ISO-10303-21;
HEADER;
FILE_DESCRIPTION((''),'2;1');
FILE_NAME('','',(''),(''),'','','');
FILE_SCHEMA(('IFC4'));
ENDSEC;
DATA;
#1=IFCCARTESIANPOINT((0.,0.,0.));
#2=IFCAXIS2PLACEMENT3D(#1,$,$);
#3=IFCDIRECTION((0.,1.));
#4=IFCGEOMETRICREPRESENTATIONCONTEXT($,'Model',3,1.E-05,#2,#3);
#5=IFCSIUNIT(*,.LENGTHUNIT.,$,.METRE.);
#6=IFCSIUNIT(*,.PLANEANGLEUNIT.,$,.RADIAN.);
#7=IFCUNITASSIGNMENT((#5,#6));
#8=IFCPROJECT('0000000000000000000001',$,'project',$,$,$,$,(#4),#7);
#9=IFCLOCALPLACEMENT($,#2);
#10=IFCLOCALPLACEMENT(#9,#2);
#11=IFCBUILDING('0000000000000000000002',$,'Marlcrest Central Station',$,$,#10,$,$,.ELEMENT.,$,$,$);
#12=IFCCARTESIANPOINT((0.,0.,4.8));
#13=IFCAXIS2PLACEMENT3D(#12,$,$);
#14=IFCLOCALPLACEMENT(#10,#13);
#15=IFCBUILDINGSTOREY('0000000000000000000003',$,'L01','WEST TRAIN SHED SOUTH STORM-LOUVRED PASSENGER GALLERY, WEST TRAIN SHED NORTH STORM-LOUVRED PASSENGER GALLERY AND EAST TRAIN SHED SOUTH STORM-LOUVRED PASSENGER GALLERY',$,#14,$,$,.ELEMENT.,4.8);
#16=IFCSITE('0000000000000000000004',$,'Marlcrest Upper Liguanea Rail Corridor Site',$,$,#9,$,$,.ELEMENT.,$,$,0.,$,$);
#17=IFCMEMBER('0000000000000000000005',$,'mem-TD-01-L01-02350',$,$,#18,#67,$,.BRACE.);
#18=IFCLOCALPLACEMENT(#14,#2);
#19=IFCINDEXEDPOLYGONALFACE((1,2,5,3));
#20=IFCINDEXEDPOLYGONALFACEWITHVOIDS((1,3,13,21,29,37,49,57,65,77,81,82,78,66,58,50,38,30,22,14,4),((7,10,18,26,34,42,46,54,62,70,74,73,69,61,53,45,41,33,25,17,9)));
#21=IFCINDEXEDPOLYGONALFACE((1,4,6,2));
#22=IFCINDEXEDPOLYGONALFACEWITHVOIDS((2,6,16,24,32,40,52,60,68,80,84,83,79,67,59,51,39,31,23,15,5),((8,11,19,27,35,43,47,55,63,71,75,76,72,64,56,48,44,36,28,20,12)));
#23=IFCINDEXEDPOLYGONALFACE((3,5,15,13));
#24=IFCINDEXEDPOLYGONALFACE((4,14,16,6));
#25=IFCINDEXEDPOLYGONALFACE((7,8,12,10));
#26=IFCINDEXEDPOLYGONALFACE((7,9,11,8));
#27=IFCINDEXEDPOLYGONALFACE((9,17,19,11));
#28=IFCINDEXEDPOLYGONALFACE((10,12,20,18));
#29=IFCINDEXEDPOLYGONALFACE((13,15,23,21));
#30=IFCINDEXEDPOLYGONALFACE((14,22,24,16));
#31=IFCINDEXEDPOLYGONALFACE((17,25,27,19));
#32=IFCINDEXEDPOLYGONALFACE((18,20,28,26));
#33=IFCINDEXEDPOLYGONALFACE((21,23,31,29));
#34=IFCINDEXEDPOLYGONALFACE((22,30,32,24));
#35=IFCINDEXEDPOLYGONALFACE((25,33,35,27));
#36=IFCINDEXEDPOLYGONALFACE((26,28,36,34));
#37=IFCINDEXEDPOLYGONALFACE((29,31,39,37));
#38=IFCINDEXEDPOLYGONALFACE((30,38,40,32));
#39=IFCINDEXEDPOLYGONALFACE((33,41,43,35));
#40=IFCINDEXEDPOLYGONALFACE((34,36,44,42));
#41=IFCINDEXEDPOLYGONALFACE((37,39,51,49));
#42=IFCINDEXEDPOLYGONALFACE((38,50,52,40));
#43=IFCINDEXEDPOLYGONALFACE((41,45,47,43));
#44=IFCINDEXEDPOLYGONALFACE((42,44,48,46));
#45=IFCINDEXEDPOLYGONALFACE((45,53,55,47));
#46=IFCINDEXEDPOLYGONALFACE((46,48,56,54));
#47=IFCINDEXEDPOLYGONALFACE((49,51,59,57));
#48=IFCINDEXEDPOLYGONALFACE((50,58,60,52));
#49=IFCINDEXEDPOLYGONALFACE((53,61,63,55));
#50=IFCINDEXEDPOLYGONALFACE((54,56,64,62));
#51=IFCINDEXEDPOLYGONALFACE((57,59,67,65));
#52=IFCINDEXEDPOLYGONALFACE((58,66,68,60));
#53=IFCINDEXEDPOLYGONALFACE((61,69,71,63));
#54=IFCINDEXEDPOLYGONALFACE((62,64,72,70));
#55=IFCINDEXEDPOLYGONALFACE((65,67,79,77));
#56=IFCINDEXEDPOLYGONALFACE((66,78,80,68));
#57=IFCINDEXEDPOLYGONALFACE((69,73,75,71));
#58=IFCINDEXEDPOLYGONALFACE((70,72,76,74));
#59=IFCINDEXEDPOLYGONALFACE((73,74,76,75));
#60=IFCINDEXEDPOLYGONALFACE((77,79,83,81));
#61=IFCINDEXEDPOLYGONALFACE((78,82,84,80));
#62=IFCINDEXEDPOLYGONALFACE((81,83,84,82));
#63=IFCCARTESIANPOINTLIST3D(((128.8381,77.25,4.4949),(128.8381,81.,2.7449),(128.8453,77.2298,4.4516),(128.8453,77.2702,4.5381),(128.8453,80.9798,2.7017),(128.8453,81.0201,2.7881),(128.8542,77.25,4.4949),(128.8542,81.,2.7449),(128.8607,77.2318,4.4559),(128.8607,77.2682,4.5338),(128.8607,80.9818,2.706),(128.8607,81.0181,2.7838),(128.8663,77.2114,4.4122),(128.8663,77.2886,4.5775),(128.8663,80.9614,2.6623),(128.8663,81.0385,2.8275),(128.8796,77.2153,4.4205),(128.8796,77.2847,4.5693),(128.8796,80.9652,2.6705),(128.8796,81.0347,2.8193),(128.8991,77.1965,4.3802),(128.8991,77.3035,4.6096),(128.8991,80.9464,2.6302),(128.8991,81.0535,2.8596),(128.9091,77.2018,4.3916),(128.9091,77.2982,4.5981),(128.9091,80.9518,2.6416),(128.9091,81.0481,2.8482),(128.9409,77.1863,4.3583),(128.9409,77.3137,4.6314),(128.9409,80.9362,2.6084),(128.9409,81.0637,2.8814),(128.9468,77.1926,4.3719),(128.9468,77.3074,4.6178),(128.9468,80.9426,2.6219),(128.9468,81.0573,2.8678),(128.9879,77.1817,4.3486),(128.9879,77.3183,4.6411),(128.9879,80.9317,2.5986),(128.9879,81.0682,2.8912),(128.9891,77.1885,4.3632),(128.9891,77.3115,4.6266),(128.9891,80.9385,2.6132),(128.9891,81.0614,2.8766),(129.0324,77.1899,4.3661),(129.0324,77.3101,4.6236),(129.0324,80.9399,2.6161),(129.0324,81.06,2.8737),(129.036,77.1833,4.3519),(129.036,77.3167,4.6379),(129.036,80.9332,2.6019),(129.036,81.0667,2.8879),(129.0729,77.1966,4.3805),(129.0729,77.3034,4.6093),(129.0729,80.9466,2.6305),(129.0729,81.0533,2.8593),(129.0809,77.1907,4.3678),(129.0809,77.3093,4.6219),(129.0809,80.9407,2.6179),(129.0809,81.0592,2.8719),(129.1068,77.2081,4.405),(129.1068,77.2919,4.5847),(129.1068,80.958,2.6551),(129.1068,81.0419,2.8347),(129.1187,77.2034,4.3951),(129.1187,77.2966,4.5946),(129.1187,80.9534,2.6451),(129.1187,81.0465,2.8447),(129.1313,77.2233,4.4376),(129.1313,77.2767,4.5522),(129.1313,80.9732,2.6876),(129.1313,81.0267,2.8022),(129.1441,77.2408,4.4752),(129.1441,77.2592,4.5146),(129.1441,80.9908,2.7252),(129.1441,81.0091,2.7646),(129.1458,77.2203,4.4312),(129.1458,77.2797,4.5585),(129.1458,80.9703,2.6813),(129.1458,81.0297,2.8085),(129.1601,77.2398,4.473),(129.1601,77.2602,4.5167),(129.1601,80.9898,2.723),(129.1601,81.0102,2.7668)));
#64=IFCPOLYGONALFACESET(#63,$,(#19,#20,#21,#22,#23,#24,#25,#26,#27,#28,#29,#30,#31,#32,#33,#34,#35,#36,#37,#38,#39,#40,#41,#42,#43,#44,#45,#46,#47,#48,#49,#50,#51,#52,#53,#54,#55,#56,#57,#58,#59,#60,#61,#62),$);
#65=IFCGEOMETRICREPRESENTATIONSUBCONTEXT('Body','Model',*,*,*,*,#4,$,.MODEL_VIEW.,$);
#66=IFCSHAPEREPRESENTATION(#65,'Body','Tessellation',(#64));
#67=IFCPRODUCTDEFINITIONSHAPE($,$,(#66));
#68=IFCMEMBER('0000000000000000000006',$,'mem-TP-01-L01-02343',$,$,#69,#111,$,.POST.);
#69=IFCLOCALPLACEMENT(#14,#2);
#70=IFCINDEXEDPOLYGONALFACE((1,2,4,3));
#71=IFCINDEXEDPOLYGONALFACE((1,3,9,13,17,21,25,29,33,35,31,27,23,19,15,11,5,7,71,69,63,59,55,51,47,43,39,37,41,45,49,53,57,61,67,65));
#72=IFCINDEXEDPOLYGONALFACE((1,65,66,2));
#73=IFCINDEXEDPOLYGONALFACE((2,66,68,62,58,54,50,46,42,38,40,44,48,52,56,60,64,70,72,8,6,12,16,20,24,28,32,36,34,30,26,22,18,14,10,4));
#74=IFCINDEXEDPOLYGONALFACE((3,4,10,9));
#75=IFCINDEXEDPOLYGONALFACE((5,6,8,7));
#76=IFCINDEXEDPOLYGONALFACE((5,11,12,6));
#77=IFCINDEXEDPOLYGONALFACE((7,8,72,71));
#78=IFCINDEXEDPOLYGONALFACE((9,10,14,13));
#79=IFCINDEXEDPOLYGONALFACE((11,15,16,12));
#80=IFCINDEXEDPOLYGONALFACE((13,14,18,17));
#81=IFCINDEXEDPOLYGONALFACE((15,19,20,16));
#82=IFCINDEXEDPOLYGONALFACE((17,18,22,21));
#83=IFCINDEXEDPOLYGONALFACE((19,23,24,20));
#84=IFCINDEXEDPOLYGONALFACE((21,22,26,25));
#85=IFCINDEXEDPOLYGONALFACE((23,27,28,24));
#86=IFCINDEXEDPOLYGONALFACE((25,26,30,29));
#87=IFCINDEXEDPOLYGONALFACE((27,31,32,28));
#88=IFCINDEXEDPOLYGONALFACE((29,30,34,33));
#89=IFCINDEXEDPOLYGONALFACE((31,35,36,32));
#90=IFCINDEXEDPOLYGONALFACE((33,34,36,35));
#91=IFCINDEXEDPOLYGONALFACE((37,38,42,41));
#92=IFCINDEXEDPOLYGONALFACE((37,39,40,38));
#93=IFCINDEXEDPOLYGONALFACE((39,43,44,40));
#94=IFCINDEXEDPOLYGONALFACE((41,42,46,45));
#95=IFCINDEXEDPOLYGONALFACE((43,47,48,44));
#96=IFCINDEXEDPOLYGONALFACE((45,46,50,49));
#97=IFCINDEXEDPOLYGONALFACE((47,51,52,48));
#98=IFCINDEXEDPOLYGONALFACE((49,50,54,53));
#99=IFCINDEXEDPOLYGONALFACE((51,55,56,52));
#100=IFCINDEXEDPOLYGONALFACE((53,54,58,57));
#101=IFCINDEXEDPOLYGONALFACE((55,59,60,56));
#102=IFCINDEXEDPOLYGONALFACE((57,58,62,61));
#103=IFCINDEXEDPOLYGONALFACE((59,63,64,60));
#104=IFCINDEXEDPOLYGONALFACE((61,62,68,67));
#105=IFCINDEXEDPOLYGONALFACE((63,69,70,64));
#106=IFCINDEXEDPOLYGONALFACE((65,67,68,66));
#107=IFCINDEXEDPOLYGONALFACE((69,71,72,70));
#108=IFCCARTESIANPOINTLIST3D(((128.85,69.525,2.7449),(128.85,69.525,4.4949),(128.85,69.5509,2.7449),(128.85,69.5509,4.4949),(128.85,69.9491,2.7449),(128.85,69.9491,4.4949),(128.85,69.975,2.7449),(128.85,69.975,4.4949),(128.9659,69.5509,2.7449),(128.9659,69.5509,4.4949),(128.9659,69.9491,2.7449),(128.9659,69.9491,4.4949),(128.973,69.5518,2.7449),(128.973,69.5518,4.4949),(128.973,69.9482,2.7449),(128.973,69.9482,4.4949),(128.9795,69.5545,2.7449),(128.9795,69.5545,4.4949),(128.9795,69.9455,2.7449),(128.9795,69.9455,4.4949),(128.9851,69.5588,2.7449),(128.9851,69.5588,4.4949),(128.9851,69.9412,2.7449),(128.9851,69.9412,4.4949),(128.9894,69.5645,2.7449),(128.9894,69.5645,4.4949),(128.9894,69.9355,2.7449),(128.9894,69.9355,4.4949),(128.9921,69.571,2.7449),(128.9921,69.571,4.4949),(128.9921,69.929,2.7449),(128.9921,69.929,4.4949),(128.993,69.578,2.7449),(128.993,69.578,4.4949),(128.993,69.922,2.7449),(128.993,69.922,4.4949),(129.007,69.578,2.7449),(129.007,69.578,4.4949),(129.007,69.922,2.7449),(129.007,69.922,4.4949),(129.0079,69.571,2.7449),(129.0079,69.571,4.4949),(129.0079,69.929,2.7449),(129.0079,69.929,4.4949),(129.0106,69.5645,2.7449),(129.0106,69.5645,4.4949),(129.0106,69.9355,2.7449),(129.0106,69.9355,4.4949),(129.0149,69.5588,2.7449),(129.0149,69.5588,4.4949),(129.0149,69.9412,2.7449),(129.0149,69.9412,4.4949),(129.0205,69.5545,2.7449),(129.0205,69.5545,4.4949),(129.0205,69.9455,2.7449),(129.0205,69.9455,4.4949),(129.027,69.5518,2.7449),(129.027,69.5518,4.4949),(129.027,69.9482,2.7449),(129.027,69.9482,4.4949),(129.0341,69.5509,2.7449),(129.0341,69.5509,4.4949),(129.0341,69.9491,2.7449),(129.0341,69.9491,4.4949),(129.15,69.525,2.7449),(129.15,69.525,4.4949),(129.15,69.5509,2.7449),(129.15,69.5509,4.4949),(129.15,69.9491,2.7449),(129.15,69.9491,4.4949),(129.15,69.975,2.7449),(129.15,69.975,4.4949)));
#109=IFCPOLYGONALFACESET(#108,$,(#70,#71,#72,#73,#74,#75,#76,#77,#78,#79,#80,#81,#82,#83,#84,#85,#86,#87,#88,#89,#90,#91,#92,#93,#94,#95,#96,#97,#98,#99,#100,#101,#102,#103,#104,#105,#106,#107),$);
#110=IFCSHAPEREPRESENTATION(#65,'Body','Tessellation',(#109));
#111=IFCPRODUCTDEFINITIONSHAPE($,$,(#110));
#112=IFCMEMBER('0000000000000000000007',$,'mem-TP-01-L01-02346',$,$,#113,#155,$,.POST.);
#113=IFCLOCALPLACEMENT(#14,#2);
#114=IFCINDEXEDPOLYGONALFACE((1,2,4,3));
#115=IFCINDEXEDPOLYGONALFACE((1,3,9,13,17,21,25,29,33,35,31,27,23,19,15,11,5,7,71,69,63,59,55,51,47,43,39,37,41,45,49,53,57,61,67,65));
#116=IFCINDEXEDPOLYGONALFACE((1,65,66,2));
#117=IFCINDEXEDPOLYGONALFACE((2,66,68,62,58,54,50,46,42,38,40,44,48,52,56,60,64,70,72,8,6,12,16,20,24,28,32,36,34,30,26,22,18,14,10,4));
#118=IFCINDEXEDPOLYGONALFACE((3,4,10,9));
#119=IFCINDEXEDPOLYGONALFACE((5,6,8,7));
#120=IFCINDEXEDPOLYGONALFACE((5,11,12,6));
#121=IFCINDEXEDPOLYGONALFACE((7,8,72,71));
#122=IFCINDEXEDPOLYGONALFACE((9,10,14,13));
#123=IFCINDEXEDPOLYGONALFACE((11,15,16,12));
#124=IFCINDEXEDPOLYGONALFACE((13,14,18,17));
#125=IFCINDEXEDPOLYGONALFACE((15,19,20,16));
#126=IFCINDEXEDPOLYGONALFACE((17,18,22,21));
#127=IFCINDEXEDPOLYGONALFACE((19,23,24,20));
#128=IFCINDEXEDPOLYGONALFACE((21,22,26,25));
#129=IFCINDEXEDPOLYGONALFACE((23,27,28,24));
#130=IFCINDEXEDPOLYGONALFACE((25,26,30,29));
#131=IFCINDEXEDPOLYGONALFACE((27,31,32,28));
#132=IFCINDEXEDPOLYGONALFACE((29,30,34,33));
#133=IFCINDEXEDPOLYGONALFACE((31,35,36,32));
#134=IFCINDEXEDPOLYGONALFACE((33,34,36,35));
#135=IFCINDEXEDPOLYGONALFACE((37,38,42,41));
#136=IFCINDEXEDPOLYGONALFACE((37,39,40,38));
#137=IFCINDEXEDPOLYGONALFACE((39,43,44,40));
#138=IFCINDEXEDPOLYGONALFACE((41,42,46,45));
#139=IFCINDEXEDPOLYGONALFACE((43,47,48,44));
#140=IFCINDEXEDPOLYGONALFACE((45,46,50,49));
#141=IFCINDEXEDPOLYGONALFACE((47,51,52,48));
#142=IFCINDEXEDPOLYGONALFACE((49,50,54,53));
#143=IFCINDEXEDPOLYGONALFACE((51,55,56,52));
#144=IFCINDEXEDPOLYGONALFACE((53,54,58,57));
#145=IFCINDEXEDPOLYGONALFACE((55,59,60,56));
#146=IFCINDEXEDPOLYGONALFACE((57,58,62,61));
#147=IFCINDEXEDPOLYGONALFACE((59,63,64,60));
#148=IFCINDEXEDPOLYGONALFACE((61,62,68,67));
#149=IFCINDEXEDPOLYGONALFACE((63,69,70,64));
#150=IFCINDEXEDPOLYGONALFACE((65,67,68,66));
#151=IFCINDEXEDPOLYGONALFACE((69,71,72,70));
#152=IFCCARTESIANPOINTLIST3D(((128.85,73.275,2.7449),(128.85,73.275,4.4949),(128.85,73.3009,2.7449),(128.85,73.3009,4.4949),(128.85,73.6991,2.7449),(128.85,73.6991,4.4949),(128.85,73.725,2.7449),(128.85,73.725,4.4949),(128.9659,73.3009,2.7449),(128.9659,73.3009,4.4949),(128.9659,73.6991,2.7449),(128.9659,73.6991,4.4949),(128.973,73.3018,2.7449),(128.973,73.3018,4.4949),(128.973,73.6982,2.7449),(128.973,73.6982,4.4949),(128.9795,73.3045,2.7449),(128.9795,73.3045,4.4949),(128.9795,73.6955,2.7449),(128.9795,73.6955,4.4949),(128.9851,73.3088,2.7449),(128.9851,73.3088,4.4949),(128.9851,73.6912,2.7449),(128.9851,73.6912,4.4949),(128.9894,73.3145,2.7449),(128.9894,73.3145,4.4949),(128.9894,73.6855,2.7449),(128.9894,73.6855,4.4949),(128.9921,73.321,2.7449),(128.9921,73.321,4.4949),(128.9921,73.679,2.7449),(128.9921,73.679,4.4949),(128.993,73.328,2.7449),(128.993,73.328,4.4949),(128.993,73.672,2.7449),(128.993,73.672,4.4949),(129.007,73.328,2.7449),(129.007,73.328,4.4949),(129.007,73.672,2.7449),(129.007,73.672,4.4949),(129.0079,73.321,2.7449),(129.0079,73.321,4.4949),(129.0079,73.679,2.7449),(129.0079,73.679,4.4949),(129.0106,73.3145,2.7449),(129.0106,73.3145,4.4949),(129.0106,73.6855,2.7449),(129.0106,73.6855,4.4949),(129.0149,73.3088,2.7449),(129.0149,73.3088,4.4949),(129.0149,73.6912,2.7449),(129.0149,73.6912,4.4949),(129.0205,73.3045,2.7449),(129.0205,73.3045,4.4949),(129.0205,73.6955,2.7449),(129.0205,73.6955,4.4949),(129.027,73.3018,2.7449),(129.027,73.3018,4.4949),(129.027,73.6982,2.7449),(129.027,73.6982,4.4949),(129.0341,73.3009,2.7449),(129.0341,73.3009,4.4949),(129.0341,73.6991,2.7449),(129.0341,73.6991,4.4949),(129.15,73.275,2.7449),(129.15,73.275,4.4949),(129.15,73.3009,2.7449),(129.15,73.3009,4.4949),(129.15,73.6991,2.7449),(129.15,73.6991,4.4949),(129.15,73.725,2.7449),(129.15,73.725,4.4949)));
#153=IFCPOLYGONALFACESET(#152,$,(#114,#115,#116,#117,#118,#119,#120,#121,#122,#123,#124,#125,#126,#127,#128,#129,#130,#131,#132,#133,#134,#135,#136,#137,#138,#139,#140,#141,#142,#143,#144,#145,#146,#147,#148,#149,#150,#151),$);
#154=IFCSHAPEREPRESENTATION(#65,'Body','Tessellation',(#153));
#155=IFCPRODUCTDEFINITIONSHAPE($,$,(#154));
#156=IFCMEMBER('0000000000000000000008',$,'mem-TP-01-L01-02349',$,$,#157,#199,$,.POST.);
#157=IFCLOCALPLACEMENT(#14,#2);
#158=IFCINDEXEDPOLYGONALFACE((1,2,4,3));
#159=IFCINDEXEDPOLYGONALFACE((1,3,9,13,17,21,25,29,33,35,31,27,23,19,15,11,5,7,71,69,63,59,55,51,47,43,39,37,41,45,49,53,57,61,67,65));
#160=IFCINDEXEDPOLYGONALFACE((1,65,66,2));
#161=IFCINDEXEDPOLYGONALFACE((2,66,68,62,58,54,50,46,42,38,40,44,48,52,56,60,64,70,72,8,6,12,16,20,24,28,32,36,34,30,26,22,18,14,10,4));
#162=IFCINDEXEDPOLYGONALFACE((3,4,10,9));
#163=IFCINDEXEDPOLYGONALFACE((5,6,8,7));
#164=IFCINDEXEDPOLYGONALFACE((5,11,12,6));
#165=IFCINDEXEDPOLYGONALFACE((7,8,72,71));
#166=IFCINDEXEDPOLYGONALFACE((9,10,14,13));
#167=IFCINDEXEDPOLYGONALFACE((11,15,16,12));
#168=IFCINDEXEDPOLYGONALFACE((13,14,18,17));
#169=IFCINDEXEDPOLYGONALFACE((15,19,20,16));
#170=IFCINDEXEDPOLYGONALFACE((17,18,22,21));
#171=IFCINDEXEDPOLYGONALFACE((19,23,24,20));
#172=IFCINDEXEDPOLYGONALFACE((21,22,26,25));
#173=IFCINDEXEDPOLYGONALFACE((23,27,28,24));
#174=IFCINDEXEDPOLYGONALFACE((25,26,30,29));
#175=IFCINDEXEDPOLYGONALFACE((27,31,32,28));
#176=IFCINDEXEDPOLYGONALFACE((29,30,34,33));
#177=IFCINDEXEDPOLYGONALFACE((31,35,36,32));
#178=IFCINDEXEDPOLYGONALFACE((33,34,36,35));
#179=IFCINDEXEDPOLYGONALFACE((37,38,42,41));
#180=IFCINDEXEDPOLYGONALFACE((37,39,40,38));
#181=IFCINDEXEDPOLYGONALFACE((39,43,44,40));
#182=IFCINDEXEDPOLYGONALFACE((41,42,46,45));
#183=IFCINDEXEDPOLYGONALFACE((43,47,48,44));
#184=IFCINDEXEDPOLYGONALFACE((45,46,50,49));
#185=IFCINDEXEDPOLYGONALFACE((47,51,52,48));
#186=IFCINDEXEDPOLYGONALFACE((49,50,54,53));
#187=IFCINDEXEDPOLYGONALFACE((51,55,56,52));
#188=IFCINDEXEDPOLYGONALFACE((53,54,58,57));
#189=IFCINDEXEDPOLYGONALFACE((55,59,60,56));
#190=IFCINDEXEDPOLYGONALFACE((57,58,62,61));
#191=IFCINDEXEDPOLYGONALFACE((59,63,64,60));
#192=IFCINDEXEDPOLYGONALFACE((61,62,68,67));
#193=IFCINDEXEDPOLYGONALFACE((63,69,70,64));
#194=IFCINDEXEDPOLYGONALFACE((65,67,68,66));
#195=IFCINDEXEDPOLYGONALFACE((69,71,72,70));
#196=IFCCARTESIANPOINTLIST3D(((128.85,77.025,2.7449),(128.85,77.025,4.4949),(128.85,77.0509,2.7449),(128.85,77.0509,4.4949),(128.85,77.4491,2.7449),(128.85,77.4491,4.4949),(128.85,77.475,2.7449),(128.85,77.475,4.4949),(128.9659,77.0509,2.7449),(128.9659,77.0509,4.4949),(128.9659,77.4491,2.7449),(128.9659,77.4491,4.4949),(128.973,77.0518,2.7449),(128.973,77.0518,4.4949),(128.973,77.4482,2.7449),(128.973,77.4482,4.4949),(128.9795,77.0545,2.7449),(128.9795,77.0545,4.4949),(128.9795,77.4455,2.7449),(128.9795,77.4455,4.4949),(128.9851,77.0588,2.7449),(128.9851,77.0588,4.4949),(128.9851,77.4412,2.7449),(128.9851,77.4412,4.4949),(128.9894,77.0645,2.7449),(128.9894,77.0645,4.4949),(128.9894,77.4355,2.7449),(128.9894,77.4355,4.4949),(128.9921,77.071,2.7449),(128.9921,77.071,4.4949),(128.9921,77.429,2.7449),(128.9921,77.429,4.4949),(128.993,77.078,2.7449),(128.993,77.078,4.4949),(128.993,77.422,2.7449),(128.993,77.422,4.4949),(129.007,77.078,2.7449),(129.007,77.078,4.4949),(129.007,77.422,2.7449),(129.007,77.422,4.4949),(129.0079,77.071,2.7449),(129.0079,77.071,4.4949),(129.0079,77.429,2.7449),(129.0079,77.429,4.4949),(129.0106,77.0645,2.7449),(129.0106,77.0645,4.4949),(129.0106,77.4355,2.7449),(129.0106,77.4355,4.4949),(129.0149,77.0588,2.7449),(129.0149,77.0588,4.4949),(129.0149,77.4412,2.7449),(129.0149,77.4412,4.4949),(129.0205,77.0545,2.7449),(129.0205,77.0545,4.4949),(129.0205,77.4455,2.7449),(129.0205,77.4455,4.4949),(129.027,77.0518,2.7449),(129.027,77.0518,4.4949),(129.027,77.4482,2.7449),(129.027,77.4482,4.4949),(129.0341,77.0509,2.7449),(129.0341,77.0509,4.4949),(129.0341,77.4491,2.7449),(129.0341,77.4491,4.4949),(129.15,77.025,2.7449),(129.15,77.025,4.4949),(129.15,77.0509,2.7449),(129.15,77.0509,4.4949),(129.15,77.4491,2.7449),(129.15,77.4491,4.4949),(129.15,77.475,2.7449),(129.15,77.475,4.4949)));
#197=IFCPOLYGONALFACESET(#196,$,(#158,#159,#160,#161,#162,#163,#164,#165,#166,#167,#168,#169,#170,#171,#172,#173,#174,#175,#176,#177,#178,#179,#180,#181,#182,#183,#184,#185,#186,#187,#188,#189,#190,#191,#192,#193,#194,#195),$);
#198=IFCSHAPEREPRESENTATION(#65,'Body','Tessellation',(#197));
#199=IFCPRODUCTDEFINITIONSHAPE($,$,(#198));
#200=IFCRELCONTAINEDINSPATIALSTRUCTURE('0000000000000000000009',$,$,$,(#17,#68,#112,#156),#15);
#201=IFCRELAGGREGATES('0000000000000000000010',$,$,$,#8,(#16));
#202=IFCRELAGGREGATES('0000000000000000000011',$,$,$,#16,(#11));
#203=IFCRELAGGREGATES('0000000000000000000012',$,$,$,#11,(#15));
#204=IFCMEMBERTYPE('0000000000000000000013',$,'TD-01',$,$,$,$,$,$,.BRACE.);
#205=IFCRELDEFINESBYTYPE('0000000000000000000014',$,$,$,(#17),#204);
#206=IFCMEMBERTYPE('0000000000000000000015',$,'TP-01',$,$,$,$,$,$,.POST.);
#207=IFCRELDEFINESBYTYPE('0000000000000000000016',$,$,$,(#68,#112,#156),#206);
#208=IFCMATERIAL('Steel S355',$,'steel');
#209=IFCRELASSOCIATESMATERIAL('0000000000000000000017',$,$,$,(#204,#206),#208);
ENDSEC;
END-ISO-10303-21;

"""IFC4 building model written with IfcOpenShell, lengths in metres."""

from ifc_helpers import new_model, si_unit, direction, frame, origin, origin_2d, place, context, subcontext, project, spatial, hollow_circle, i_section, extrude, material, material_profile, profile_set, type_object, element, save


model = new_model("IFC4")

# Units and contexts
model_context = context("Model", 3, precision=1e-05, world=origin(), true_north=direction((0.0, 1.0)))
body_context = subcontext(model_context, "Body", "Model", "MODEL_VIEW")
ifc_project = project(units=[si_unit("LENGTHUNIT", "METRE"), si_unit("PLANEANGLEUNIT", "RADIAN")], contexts=[model_context])

# Site, building, storey
site_placement = place(None, origin())
site = spatial("IfcSite", under=ifc_project, at=site_placement, Name="Marlcrest Upper Liguanea Rail Corridor Site", CompositionType="ELEMENT", RefElevation=0.0)
building_placement = place(site_placement, origin())
building = spatial("IfcBuilding", under=site, at=building_placement, Name="Marlcrest Central Station", CompositionType="ELEMENT")
storey_placement = place(building_placement, frame((0.0, 0.0, 4.8)))
storey = spatial("IfcBuildingStorey", under=building, at=storey_placement, Name="L01", Description="WEST TRAIN SHED SOUTH STORM-LOUVRED PASSENGER GALLERY, WEST TRAIN SHED NORTH STORM-LOUVRED PASSENGER GALLERY AND EAST TRAIN SHED SOUTH STORM-LOUVRED PASSENGER GALLERY", CompositionType="ELEMENT", Elevation=4.8)

# Shared definitions
ifc_material = material(Name="Steel S355", Category="steel")

# Members
ifc_material_profile_1 = material_profile(ifc_material, hollow_circle(Radius=0.1619, WallThickness=0.0161, at=origin_2d()), Name="CHS 323.9x16")
ifc_profile_set_1 = profile_set([ifc_material_profile_1], Name="Steel S355")
member_type_1 = type_object("IfcMemberType", Name="TD-01", PredefinedType="BRACE", material=ifc_profile_set_1)
for number, where, z_axis, x_axis, name in (
    (1, (129.0, 77.25, 4.4949), (0.0, 0.906183, -0.422885), (-1.0, 0.0, 0.0), "mem-TD-01-L01-02350"),
):
    element("IfcMember", number, at=place(storey_placement, frame(where, z_axis=z_axis, x_axis=x_axis)), inside=storey, type_object=member_type_1, Name=name, PredefinedType="BRACE", context=body_context, shape_type="SweptSolid", body=[
        extrude(hollow_circle(Radius=0.1619, WallThickness=0.0161, at=origin_2d()), origin(), (0.0, 0.0, 1.0), 4.1382),
    ])
ifc_material_profile_2 = material_profile(ifc_material, i_section(OverallWidth=0.3, OverallDepth=0.45, WebThickness=0.0139, FlangeThickness=0.0259, FilletRadius=0.0271, at=origin_2d()), Name="HEB 450")
ifc_profile_set_2 = profile_set([ifc_material_profile_2], Name="Steel S355")
member_type_2 = type_object("IfcMemberType", Name="TP-01", PredefinedType="POST", material=ifc_profile_set_2)
for number, where, z_axis, x_axis, name in (
    (2, (129.0, 69.75, 2.7449), (0.0, 0.0, 1.0), (1.0, 0.0, 0.0), "mem-TP-01-L01-02343"),
    (3, (129.0, 73.5, 2.7449), (0.0, 0.0, 1.0), (1.0, 0.0, 0.0), "mem-TP-01-L01-02346"),
    (4, (129.0, 77.25, 2.7449), (0.0, 0.0, 1.0), (1.0, 0.0, 0.0), "mem-TP-01-L01-02349"),
):
    element("IfcMember", number, at=place(storey_placement, frame(where, z_axis=z_axis, x_axis=x_axis)), inside=storey, type_object=member_type_2, Name=name, PredefinedType="POST", context=body_context, shape_type="SweptSolid", body=[
        extrude(i_section(OverallWidth=0.3, OverallDepth=0.45, WebThickness=0.0139, FlangeThickness=0.0259, FilletRadius=0.0271, at=origin_2d()), origin(), (0.0, 0.0, 1.0), 1.75),
    ])

save(model, "model.ifc")
